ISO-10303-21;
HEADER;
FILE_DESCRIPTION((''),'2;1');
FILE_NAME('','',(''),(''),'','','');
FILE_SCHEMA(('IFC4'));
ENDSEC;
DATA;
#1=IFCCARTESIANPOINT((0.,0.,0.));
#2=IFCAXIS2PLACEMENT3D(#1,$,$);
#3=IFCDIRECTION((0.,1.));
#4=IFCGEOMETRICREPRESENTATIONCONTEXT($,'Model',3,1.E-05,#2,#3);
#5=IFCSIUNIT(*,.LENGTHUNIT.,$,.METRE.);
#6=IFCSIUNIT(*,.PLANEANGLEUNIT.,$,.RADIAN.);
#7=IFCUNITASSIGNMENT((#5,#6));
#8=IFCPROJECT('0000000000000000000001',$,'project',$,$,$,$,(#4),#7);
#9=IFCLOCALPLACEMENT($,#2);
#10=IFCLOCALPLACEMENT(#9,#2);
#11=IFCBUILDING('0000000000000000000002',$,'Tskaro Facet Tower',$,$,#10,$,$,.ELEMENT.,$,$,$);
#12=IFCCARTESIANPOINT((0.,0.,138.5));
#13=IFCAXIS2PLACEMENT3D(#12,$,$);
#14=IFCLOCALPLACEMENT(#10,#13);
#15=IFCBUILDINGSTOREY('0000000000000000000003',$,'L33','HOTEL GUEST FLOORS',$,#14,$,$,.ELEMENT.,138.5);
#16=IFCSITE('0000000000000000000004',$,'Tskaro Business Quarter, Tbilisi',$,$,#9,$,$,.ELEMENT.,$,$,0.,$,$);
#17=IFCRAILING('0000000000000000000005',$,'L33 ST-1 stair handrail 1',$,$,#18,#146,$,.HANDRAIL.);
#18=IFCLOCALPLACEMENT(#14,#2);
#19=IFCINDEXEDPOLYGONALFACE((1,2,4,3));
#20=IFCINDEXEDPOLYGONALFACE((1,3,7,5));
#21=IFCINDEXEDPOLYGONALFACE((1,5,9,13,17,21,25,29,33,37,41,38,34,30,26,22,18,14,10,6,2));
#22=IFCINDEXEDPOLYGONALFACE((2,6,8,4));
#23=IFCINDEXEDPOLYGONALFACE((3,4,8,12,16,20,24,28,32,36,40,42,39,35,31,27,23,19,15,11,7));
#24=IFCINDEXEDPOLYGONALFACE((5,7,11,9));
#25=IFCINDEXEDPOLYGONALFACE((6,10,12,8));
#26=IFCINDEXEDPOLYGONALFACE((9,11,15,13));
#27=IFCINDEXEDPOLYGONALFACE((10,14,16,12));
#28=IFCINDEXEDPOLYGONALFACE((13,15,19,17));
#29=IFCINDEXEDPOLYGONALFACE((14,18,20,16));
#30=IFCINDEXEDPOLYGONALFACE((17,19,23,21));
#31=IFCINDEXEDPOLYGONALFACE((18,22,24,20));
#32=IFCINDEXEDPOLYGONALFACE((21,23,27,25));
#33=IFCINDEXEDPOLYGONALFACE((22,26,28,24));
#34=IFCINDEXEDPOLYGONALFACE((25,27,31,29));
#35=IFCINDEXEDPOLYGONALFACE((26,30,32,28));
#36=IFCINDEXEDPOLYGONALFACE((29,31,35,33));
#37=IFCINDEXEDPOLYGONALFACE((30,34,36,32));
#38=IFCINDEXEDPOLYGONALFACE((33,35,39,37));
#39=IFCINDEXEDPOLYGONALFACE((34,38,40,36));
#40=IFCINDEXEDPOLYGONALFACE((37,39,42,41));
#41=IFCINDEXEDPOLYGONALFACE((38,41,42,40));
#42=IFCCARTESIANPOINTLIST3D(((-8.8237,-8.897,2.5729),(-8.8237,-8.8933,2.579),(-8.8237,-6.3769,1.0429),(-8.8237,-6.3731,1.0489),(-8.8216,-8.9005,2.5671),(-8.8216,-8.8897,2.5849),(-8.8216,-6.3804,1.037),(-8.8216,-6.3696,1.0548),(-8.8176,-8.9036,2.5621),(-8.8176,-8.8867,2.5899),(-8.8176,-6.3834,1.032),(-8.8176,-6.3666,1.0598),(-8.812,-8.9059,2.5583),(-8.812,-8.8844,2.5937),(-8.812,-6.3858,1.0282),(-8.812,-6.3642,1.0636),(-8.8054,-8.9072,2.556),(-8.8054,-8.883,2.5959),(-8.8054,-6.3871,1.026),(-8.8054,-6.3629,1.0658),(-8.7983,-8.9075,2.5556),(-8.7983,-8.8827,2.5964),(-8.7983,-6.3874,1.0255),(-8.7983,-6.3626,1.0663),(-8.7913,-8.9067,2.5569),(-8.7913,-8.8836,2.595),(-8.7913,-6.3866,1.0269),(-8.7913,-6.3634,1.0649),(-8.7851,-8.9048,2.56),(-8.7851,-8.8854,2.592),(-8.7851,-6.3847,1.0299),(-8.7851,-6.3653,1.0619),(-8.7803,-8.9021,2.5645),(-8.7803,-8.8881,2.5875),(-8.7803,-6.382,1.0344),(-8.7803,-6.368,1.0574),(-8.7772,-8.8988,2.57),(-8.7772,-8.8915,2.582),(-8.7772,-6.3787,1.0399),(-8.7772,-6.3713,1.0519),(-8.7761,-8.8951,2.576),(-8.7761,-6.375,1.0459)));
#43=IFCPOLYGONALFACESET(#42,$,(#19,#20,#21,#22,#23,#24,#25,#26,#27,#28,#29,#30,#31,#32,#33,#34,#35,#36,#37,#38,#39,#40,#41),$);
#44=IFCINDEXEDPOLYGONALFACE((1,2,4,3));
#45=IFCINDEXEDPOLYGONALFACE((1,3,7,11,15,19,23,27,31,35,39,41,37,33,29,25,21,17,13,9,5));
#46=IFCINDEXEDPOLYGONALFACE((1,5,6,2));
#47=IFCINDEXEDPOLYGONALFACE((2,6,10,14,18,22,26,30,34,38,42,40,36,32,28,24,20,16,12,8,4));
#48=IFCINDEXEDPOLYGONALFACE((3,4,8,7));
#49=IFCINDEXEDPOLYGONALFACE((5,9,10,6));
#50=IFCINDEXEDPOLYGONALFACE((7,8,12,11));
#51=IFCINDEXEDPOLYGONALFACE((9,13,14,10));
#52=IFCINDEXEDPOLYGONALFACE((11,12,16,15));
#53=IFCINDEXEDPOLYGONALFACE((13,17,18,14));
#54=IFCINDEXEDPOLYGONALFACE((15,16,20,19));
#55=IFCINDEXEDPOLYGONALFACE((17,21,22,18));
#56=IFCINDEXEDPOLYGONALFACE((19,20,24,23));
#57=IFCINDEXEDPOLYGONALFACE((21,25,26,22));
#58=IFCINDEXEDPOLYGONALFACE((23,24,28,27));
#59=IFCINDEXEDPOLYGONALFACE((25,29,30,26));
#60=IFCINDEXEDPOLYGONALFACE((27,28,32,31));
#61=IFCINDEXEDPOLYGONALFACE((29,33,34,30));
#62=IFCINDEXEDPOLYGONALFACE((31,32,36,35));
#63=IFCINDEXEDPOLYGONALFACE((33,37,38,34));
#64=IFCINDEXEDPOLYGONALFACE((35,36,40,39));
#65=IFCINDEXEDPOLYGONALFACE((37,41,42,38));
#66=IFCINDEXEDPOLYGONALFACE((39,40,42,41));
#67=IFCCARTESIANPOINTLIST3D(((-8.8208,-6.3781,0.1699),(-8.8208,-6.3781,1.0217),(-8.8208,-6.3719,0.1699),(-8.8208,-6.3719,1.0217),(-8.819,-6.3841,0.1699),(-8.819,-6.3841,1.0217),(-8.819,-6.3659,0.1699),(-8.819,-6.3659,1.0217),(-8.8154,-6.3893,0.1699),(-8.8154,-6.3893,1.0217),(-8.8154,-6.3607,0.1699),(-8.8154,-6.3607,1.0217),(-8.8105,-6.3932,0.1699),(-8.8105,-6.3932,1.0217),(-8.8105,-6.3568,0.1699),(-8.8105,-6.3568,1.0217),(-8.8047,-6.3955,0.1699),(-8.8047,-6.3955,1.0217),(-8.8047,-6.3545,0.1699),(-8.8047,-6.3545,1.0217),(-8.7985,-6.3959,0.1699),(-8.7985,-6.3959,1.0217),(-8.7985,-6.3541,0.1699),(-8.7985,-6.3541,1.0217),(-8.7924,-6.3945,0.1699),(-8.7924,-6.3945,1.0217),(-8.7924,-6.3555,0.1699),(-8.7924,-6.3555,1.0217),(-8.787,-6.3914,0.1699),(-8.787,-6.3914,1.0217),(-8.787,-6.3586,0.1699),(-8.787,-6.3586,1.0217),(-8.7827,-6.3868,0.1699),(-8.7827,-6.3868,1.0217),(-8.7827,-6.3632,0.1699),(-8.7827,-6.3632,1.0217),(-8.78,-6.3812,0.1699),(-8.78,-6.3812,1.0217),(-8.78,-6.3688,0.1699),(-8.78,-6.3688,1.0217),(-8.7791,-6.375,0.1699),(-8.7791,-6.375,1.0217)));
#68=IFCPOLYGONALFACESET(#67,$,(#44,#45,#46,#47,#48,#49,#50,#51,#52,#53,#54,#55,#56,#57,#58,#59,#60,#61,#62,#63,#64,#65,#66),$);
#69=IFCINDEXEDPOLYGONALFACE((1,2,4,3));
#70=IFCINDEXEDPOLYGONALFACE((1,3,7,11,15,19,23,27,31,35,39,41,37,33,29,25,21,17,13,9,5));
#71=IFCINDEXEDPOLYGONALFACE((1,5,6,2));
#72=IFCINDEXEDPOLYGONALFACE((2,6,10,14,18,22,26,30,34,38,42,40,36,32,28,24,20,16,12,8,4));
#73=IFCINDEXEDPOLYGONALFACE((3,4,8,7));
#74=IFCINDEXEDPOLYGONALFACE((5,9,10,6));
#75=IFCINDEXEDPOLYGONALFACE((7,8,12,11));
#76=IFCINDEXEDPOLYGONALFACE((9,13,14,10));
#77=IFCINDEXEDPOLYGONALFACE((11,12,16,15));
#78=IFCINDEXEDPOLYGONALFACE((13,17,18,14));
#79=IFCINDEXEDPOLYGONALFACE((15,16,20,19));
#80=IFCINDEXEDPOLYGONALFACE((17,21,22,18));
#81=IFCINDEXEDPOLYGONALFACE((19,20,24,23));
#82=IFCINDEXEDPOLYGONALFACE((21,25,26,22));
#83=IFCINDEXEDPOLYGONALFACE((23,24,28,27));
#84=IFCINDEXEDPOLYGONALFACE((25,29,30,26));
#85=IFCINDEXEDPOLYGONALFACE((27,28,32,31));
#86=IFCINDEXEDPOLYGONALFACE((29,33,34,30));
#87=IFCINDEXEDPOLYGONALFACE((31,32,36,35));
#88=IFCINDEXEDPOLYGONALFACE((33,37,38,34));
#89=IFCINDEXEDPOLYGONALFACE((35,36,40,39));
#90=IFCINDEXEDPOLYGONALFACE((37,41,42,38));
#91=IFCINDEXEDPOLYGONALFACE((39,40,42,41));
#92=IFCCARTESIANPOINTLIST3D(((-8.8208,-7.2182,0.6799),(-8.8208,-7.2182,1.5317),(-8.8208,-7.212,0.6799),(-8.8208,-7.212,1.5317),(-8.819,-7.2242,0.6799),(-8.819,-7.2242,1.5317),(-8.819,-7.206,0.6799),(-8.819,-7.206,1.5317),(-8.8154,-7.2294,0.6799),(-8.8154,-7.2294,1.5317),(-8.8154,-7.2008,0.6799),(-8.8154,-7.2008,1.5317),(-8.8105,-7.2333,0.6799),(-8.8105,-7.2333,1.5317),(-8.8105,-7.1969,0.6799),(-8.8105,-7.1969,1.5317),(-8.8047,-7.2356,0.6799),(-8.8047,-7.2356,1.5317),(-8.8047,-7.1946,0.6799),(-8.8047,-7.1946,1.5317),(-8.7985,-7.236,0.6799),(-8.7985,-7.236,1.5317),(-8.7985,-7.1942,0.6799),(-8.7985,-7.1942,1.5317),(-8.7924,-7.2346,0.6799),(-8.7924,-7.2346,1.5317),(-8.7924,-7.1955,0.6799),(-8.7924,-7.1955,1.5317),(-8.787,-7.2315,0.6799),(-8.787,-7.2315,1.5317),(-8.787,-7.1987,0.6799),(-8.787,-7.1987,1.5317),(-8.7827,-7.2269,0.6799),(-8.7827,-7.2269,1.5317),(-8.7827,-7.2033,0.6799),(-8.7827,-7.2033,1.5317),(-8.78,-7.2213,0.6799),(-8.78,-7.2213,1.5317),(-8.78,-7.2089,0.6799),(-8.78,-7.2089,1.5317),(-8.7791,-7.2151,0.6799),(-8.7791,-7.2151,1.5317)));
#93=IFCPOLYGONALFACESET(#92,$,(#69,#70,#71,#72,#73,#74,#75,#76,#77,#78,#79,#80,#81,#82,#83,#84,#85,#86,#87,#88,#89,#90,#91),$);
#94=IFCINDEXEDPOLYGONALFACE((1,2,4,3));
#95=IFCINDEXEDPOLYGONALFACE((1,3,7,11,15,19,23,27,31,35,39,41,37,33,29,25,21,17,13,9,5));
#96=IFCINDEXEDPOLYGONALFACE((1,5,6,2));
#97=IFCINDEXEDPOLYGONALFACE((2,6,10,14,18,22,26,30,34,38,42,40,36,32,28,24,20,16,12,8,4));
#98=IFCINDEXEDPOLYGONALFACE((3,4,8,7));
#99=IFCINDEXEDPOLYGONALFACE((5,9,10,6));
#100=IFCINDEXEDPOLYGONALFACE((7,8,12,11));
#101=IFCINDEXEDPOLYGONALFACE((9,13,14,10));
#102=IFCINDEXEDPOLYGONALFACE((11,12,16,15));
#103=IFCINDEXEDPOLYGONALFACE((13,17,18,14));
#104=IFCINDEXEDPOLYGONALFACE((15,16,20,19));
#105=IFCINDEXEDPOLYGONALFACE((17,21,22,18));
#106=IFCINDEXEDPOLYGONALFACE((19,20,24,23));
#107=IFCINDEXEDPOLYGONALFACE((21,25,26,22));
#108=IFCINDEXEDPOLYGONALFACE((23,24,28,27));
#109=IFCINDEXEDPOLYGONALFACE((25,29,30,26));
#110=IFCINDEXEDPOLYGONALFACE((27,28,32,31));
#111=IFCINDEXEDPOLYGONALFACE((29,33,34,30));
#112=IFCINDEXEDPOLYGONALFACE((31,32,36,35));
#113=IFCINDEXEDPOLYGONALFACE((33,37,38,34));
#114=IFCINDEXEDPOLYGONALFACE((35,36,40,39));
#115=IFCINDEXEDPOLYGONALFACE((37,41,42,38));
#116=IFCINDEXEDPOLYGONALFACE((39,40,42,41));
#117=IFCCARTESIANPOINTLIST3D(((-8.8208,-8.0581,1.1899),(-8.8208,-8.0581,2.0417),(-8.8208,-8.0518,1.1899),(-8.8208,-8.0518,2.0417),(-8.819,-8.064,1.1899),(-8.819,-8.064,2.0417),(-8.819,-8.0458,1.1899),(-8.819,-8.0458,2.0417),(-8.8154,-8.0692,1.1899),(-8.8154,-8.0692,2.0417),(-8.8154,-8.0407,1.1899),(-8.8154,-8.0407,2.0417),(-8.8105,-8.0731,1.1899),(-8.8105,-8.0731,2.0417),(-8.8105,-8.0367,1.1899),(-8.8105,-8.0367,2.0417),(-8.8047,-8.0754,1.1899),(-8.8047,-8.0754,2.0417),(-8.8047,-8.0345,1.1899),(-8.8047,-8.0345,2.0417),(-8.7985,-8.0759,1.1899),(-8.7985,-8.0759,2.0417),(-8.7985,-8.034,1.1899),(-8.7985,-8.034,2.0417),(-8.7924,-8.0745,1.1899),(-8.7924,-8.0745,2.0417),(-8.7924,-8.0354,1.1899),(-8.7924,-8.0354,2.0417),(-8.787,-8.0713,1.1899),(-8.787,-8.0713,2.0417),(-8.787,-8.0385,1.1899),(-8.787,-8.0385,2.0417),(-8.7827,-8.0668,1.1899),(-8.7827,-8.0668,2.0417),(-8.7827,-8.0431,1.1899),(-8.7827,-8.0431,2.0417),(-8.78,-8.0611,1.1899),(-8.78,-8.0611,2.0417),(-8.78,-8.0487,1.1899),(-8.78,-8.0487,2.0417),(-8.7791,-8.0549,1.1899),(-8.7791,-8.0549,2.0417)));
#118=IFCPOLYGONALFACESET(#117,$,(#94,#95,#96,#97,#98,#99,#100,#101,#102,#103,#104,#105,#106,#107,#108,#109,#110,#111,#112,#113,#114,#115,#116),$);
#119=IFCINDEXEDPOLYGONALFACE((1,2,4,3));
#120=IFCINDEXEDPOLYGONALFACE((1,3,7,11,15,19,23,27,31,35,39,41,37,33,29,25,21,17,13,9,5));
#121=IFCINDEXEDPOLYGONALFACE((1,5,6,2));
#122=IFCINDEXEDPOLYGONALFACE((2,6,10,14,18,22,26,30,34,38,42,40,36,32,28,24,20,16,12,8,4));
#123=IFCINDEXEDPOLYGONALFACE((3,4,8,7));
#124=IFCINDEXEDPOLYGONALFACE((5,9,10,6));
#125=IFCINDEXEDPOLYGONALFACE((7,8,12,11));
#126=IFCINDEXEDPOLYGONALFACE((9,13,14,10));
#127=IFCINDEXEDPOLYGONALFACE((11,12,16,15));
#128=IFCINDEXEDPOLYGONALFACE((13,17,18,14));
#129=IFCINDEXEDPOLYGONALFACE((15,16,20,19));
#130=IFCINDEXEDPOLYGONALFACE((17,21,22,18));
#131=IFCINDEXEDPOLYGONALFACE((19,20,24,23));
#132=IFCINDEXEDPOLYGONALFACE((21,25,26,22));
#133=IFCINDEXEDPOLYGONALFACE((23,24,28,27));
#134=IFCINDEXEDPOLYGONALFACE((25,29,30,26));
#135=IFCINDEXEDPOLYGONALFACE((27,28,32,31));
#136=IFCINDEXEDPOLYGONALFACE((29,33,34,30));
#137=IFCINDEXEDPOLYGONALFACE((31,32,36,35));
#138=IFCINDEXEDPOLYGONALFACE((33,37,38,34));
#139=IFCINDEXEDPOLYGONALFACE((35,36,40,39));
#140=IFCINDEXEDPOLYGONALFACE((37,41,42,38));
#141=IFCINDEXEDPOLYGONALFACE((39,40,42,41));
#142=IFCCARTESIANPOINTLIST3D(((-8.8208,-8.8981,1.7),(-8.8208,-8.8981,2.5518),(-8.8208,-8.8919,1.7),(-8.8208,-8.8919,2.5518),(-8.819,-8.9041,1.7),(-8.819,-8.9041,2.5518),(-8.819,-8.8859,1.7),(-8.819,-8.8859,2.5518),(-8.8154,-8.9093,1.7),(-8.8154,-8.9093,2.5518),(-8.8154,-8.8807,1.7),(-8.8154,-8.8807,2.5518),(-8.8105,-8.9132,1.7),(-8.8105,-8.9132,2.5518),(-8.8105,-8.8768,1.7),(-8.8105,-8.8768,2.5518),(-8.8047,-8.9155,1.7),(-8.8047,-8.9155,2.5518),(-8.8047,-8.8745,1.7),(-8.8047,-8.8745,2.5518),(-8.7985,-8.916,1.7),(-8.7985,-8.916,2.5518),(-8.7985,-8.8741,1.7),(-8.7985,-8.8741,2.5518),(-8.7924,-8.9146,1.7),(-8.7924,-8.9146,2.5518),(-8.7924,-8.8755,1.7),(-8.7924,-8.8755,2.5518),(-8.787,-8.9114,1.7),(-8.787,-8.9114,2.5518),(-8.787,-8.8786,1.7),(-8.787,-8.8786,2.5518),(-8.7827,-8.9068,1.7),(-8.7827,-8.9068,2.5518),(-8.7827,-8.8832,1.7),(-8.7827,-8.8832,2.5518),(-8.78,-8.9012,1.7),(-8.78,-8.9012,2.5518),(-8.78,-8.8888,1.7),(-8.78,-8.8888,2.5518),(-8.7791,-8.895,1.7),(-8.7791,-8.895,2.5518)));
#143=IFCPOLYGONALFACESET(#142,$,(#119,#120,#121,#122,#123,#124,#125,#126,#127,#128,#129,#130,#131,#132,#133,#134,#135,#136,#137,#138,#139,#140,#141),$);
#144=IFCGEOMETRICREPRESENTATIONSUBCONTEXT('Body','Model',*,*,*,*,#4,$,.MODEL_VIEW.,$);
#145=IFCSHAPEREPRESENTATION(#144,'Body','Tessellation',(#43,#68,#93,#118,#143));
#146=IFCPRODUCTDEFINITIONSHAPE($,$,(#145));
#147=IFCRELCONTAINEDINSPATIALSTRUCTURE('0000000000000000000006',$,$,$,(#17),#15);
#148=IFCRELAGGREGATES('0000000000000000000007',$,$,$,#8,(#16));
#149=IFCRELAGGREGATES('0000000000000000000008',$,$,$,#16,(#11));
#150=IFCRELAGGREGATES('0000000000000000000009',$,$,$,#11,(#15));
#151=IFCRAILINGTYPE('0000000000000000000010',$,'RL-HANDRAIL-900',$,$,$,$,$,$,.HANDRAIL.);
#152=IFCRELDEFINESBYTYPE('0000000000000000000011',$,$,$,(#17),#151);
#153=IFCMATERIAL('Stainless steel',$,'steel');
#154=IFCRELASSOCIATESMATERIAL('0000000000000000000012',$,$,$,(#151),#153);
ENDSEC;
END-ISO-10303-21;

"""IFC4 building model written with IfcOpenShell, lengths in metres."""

from ifc_helpers import new_model, si_unit, direction, frame, origin, origin_2d, place, context, subcontext, project, spatial, circle, extrude, material, type_object, element, save


model = new_model("IFC4")

# Units and contexts
model_context = context("Model", 3, precision=1e-05, world=origin(), true_north=direction((0.0, 1.0)))
body_context = subcontext(model_context, "Body", "Model", "MODEL_VIEW")
ifc_project = project(units=[si_unit("LENGTHUNIT", "METRE"), si_unit("PLANEANGLEUNIT", "RADIAN")], contexts=[model_context])

# Site, building, storey
site_placement = place(None, origin())
site = spatial("IfcSite", under=ifc_project, at=site_placement, Name="Tskaro Business Quarter, Tbilisi", CompositionType="ELEMENT", RefElevation=0.0)
building_placement = place(site_placement, origin())
building = spatial("IfcBuilding", under=site, at=building_placement, Name="Tskaro Facet Tower", CompositionType="ELEMENT")
storey_placement = place(building_placement, frame((0.0, 0.0, 138.5)))
storey = spatial("IfcBuildingStorey", under=building, at=storey_placement, Name="L33", Description="HOTEL GUEST FLOORS", CompositionType="ELEMENT", Elevation=138.5)

# Shared definitions
ifc_material_1 = material(Name="Stainless steel", Category="steel")

# Railing
railing_type_1 = type_object("IfcRailingType", Name="RL-HANDRAIL-900", PredefinedType="HANDRAIL", material=ifc_material_1)
railing_1_placement = place(storey_placement, frame((-8.8, -6.375, 0.1699)))
element("IfcRailing", 1, at=railing_1_placement, inside=storey, type_object=railing_type_1, Name="L33 ST-1 stair handrail 1", PredefinedType="HANDRAIL", context=body_context, shape_type="SweptSolid", body=[
    extrude(circle(Radius=0.0239, at=origin_2d()), frame((0.0, 0.0, 0.876), z_axis=(0.0, -0.854785, 0.518982), x_axis=(1.0, 0.0, 0.0)), (0.0, 0.0, 1.0), 2.9482),
    extrude(circle(Radius=0.021, at=origin_2d()), origin(), (0.0, 0.0, 1.0), 0.8518),
    extrude(circle(Radius=0.021, at=origin_2d()), frame((0.0, -0.8401, 0.51)), (0.0, 0.0, 1.0), 0.8518),
    extrude(circle(Radius=0.021, at=origin_2d()), frame((0.0, -1.6799, 1.02)), (0.0, 0.0, 1.0), 0.8518),
    extrude(circle(Radius=0.021, at=origin_2d()), frame((0.0, -2.52, 1.53)), (0.0, 0.0, 1.0), 0.8518),
])

save(model, "model.ifc")
